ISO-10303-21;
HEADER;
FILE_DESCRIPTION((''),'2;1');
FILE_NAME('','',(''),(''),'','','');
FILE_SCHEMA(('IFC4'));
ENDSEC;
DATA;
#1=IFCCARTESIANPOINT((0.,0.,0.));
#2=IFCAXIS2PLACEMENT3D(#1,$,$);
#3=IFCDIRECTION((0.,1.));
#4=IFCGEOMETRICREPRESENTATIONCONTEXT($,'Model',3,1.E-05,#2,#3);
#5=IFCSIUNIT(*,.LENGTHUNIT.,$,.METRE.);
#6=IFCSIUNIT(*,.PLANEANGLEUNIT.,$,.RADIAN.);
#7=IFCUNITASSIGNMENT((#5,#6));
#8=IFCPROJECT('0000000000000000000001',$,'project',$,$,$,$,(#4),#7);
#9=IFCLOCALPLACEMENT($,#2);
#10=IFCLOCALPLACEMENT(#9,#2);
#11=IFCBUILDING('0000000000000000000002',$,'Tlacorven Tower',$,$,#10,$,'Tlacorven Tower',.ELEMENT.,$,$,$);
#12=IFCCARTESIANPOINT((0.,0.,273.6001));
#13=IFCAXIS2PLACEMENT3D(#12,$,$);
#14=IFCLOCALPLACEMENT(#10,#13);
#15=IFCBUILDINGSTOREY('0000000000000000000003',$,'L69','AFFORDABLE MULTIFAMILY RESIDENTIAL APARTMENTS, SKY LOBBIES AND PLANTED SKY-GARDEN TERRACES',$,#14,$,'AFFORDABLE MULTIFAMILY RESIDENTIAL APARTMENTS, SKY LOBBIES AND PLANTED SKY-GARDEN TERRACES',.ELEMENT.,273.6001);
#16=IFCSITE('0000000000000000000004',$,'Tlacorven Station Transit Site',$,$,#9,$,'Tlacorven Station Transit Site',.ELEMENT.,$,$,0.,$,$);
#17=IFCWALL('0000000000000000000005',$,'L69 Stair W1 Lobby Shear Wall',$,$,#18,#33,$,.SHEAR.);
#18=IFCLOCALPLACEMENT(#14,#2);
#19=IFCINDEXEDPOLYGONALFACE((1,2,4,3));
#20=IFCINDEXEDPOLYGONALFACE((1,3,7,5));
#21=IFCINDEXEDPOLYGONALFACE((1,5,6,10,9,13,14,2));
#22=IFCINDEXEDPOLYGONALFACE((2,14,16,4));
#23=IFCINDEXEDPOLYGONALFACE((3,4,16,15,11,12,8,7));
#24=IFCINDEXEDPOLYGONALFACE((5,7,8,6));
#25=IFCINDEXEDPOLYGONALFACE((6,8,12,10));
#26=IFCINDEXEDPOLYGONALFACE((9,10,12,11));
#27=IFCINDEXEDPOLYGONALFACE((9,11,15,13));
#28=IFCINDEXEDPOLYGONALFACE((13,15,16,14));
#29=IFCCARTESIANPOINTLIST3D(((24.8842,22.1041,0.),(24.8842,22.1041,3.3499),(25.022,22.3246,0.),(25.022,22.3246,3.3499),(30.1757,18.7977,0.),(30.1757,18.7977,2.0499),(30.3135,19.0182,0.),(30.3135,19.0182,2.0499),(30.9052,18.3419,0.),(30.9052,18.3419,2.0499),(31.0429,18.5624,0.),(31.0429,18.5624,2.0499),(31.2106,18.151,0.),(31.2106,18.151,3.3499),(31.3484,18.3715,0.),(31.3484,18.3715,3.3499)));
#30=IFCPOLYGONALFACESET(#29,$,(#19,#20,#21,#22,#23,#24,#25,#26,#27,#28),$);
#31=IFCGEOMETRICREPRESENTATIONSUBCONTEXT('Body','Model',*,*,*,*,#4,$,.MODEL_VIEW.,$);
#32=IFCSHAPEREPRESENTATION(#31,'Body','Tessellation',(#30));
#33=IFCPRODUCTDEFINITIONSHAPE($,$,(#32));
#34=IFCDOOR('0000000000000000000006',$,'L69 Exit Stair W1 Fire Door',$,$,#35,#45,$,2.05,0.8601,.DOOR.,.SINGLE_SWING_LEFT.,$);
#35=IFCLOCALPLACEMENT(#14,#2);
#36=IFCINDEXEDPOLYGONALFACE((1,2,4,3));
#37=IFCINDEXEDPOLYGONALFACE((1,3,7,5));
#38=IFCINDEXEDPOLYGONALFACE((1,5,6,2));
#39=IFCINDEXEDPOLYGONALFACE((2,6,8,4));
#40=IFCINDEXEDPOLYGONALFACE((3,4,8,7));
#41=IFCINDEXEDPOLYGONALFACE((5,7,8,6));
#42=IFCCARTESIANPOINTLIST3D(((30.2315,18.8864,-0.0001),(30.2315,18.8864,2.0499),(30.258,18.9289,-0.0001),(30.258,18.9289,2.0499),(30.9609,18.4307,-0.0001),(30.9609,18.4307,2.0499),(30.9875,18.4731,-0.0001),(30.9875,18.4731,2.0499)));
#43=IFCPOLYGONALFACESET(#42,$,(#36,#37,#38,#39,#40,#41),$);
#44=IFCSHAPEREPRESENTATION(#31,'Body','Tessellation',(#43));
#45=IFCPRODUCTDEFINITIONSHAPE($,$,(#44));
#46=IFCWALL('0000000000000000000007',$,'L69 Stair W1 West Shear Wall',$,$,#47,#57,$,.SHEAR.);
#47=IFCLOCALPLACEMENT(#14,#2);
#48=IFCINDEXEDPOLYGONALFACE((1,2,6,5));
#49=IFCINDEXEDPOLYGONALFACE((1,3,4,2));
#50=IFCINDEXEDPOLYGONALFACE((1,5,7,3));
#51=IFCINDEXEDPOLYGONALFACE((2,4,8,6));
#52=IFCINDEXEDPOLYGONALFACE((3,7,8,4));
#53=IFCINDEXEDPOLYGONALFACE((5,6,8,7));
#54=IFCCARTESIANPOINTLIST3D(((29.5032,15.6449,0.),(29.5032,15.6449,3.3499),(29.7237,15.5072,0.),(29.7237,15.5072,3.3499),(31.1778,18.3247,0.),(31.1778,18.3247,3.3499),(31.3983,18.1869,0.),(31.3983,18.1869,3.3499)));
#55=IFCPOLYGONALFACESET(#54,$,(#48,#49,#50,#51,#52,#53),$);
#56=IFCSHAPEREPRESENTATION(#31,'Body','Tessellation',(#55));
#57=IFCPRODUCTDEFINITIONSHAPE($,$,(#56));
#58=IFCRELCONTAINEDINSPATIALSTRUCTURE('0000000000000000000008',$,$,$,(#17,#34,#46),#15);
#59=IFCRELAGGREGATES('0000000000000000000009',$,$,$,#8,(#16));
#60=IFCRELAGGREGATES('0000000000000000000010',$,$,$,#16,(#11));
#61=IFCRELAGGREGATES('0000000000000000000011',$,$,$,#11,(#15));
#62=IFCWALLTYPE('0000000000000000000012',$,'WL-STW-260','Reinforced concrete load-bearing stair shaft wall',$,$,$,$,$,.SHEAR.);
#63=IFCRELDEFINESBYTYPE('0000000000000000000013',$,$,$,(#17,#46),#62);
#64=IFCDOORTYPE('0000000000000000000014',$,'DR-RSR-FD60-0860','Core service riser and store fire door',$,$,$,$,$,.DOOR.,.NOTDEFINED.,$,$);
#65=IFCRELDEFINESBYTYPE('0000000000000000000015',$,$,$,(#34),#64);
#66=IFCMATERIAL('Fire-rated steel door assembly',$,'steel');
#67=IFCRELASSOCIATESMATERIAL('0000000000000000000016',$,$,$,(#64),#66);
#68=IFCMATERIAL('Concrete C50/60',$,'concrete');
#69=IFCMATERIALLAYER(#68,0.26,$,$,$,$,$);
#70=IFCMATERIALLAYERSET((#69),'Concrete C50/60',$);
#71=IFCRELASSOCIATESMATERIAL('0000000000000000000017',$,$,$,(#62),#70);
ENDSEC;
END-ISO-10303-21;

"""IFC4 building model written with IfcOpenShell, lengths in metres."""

from ifc_helpers import new_model, si_unit, direction, frame, frame_2d, origin, place, context, subcontext, project, spatial, rectangle, extrude, source, transform, mapped, material, layer, layer_set, type_object, element, fill, save


model = new_model("IFC4")

# Units and contexts
model_context = context("Model", 3, precision=1e-05, world=origin(), true_north=direction((0.0, 1.0)))
body_context = subcontext(model_context, "Body", "Model", "MODEL_VIEW")
ifc_project = project(units=[si_unit("LENGTHUNIT", "METRE"), si_unit("PLANEANGLEUNIT", "RADIAN")], contexts=[model_context])

# Site, building, storey
site_placement = place(None, origin())
site = spatial("IfcSite", under=ifc_project, at=site_placement, Name="Tlacorven Station Transit Site", LongName="Tlacorven Station Transit Site", CompositionType="ELEMENT", RefElevation=0.0)
building_placement = place(site_placement, origin())
building = spatial("IfcBuilding", under=site, at=building_placement, Name="Tlacorven Tower", LongName="Tlacorven Tower", CompositionType="ELEMENT")
storey_placement = place(building_placement, frame((0.0, 0.0, 273.6001)))
storey = spatial("IfcBuildingStorey", under=building, at=storey_placement, Name="L69", Description="AFFORDABLE MULTIFAMILY RESIDENTIAL APARTMENTS, SKY LOBBIES AND PLANTED SKY-GARDEN TERRACES", LongName="AFFORDABLE MULTIFAMILY RESIDENTIAL APARTMENTS, SKY LOBBIES AND PLANTED SKY-GARDEN TERRACES", CompositionType="ELEMENT", Elevation=273.6001)

# Shared definitions
ifc_material_1 = material(Name="Concrete C50/60", Category="concrete")

# Shared definitions
ifc_material_2 = material(Name="Fire-rated steel door assembly", Category="steel")

# Shared definitions
door_type_1 = type_object("IfcDoorType", Name="DR-RSR-FD60-0860", Description="Core service riser and store fire door", OperationType="NOTDEFINED", PredefinedType="DOOR", material=ifc_material_2)
shared_shape_1 = source(origin(), body_context, "Body", "SweptSolid", [
    extrude(rectangle(XDim=0.8601, YDim=2.05, at=frame_2d((0.4302, 1.0249))), frame((0.0, 0.0249, 0.0), z_axis=(0.0, -1.0, 0.0), x_axis=(1.0, 0.0, 0.0)), (0.0, 0.0, 1.0), 0.05),
])

# Wall, opening, door
ifc_layer_1 = layer(ifc_material_1, 0.26)
ifc_layer_set_1 = layer_set([ifc_layer_1], Name="Concrete C50/60")
wall_type_1 = type_object("IfcWallType", Name="WL-STW-260", Description="Reinforced concrete load-bearing stair shaft wall", PredefinedType="SHEAR", material=ifc_layer_set_1)
wall_1_placement = place(storey_placement, frame((31.2795, 18.2612, 0.0), z_axis=(0.0, 0.0, 1.0), x_axis=(-0.848052, 0.529914, 0.0)))
wall_1 = element("IfcWall", 1, at=wall_1_placement, inside=storey, type_object=wall_type_1, Name="L69 Stair W1 Lobby Shear Wall", PredefinedType="SHEAR", context=body_context, shape_type="SweptSolid", body=[
    extrude(rectangle(XDim=7.46, YDim=0.26, at=frame_2d((3.73, 0.0))), origin(), (0.0, 0.0, 1.0), 3.3499),
])
opening_1_placement = place(wall_1_placement, frame((0.3601, 0.0, 0.0)))
opening_1 = element("IfcOpeningElement", 2, at=opening_1_placement, cuts=wall_1, PredefinedType="OPENING", context=body_context, shape_type="SweptSolid", body=[
    extrude(rectangle(XDim=0.8601, YDim=2.05, at=frame_2d((0.4302, 1.0249))), frame((0.0, 0.1401, 0.0), z_axis=(0.0, -1.0, 0.0), x_axis=(1.0, 0.0, 0.0)), (0.0, 0.0, 1.0), 0.28),
])
door_1_placement = place(opening_1_placement, frame((0.8601, 0.0, 0.0), z_axis=(0.0, 0.0, 1.0), x_axis=(-1.0, 0.0, 0.0)))
door_1 = element("IfcDoor", 3, at=door_1_placement, inside=storey, type_object=door_type_1, Name="L69 Exit Stair W1 Fire Door", OperationType="SINGLE_SWING_LEFT", OverallHeight=2.05, OverallWidth=0.8601, PredefinedType="DOOR", context=body_context, shape_type="MappedRepresentation", body=[
    mapped(shared_shape_1, transform((0.0, 0.0, 0.0), scale=1.0)),
])
fill(opening_1, door_1)

# Wall
wall_2_placement = place(storey_placement, frame((31.2881, 18.2559, 0.0), z_axis=(0.0, 0.0, 1.0), x_axis=(-0.529943, -0.848033, 0.0)))
element("IfcWall", 4, at=wall_2_placement, inside=storey, type_object=wall_type_1, Name="L69 Stair W1 West Shear Wall", PredefinedType="SHEAR", context=body_context, shape_type="SweptSolid", body=[
    extrude(rectangle(XDim=3.1599, YDim=0.26, at=frame_2d((1.5801, 0.0))), origin(), (0.0, 0.0, 1.0), 3.3499),
])

save(model, "model.ifc")
